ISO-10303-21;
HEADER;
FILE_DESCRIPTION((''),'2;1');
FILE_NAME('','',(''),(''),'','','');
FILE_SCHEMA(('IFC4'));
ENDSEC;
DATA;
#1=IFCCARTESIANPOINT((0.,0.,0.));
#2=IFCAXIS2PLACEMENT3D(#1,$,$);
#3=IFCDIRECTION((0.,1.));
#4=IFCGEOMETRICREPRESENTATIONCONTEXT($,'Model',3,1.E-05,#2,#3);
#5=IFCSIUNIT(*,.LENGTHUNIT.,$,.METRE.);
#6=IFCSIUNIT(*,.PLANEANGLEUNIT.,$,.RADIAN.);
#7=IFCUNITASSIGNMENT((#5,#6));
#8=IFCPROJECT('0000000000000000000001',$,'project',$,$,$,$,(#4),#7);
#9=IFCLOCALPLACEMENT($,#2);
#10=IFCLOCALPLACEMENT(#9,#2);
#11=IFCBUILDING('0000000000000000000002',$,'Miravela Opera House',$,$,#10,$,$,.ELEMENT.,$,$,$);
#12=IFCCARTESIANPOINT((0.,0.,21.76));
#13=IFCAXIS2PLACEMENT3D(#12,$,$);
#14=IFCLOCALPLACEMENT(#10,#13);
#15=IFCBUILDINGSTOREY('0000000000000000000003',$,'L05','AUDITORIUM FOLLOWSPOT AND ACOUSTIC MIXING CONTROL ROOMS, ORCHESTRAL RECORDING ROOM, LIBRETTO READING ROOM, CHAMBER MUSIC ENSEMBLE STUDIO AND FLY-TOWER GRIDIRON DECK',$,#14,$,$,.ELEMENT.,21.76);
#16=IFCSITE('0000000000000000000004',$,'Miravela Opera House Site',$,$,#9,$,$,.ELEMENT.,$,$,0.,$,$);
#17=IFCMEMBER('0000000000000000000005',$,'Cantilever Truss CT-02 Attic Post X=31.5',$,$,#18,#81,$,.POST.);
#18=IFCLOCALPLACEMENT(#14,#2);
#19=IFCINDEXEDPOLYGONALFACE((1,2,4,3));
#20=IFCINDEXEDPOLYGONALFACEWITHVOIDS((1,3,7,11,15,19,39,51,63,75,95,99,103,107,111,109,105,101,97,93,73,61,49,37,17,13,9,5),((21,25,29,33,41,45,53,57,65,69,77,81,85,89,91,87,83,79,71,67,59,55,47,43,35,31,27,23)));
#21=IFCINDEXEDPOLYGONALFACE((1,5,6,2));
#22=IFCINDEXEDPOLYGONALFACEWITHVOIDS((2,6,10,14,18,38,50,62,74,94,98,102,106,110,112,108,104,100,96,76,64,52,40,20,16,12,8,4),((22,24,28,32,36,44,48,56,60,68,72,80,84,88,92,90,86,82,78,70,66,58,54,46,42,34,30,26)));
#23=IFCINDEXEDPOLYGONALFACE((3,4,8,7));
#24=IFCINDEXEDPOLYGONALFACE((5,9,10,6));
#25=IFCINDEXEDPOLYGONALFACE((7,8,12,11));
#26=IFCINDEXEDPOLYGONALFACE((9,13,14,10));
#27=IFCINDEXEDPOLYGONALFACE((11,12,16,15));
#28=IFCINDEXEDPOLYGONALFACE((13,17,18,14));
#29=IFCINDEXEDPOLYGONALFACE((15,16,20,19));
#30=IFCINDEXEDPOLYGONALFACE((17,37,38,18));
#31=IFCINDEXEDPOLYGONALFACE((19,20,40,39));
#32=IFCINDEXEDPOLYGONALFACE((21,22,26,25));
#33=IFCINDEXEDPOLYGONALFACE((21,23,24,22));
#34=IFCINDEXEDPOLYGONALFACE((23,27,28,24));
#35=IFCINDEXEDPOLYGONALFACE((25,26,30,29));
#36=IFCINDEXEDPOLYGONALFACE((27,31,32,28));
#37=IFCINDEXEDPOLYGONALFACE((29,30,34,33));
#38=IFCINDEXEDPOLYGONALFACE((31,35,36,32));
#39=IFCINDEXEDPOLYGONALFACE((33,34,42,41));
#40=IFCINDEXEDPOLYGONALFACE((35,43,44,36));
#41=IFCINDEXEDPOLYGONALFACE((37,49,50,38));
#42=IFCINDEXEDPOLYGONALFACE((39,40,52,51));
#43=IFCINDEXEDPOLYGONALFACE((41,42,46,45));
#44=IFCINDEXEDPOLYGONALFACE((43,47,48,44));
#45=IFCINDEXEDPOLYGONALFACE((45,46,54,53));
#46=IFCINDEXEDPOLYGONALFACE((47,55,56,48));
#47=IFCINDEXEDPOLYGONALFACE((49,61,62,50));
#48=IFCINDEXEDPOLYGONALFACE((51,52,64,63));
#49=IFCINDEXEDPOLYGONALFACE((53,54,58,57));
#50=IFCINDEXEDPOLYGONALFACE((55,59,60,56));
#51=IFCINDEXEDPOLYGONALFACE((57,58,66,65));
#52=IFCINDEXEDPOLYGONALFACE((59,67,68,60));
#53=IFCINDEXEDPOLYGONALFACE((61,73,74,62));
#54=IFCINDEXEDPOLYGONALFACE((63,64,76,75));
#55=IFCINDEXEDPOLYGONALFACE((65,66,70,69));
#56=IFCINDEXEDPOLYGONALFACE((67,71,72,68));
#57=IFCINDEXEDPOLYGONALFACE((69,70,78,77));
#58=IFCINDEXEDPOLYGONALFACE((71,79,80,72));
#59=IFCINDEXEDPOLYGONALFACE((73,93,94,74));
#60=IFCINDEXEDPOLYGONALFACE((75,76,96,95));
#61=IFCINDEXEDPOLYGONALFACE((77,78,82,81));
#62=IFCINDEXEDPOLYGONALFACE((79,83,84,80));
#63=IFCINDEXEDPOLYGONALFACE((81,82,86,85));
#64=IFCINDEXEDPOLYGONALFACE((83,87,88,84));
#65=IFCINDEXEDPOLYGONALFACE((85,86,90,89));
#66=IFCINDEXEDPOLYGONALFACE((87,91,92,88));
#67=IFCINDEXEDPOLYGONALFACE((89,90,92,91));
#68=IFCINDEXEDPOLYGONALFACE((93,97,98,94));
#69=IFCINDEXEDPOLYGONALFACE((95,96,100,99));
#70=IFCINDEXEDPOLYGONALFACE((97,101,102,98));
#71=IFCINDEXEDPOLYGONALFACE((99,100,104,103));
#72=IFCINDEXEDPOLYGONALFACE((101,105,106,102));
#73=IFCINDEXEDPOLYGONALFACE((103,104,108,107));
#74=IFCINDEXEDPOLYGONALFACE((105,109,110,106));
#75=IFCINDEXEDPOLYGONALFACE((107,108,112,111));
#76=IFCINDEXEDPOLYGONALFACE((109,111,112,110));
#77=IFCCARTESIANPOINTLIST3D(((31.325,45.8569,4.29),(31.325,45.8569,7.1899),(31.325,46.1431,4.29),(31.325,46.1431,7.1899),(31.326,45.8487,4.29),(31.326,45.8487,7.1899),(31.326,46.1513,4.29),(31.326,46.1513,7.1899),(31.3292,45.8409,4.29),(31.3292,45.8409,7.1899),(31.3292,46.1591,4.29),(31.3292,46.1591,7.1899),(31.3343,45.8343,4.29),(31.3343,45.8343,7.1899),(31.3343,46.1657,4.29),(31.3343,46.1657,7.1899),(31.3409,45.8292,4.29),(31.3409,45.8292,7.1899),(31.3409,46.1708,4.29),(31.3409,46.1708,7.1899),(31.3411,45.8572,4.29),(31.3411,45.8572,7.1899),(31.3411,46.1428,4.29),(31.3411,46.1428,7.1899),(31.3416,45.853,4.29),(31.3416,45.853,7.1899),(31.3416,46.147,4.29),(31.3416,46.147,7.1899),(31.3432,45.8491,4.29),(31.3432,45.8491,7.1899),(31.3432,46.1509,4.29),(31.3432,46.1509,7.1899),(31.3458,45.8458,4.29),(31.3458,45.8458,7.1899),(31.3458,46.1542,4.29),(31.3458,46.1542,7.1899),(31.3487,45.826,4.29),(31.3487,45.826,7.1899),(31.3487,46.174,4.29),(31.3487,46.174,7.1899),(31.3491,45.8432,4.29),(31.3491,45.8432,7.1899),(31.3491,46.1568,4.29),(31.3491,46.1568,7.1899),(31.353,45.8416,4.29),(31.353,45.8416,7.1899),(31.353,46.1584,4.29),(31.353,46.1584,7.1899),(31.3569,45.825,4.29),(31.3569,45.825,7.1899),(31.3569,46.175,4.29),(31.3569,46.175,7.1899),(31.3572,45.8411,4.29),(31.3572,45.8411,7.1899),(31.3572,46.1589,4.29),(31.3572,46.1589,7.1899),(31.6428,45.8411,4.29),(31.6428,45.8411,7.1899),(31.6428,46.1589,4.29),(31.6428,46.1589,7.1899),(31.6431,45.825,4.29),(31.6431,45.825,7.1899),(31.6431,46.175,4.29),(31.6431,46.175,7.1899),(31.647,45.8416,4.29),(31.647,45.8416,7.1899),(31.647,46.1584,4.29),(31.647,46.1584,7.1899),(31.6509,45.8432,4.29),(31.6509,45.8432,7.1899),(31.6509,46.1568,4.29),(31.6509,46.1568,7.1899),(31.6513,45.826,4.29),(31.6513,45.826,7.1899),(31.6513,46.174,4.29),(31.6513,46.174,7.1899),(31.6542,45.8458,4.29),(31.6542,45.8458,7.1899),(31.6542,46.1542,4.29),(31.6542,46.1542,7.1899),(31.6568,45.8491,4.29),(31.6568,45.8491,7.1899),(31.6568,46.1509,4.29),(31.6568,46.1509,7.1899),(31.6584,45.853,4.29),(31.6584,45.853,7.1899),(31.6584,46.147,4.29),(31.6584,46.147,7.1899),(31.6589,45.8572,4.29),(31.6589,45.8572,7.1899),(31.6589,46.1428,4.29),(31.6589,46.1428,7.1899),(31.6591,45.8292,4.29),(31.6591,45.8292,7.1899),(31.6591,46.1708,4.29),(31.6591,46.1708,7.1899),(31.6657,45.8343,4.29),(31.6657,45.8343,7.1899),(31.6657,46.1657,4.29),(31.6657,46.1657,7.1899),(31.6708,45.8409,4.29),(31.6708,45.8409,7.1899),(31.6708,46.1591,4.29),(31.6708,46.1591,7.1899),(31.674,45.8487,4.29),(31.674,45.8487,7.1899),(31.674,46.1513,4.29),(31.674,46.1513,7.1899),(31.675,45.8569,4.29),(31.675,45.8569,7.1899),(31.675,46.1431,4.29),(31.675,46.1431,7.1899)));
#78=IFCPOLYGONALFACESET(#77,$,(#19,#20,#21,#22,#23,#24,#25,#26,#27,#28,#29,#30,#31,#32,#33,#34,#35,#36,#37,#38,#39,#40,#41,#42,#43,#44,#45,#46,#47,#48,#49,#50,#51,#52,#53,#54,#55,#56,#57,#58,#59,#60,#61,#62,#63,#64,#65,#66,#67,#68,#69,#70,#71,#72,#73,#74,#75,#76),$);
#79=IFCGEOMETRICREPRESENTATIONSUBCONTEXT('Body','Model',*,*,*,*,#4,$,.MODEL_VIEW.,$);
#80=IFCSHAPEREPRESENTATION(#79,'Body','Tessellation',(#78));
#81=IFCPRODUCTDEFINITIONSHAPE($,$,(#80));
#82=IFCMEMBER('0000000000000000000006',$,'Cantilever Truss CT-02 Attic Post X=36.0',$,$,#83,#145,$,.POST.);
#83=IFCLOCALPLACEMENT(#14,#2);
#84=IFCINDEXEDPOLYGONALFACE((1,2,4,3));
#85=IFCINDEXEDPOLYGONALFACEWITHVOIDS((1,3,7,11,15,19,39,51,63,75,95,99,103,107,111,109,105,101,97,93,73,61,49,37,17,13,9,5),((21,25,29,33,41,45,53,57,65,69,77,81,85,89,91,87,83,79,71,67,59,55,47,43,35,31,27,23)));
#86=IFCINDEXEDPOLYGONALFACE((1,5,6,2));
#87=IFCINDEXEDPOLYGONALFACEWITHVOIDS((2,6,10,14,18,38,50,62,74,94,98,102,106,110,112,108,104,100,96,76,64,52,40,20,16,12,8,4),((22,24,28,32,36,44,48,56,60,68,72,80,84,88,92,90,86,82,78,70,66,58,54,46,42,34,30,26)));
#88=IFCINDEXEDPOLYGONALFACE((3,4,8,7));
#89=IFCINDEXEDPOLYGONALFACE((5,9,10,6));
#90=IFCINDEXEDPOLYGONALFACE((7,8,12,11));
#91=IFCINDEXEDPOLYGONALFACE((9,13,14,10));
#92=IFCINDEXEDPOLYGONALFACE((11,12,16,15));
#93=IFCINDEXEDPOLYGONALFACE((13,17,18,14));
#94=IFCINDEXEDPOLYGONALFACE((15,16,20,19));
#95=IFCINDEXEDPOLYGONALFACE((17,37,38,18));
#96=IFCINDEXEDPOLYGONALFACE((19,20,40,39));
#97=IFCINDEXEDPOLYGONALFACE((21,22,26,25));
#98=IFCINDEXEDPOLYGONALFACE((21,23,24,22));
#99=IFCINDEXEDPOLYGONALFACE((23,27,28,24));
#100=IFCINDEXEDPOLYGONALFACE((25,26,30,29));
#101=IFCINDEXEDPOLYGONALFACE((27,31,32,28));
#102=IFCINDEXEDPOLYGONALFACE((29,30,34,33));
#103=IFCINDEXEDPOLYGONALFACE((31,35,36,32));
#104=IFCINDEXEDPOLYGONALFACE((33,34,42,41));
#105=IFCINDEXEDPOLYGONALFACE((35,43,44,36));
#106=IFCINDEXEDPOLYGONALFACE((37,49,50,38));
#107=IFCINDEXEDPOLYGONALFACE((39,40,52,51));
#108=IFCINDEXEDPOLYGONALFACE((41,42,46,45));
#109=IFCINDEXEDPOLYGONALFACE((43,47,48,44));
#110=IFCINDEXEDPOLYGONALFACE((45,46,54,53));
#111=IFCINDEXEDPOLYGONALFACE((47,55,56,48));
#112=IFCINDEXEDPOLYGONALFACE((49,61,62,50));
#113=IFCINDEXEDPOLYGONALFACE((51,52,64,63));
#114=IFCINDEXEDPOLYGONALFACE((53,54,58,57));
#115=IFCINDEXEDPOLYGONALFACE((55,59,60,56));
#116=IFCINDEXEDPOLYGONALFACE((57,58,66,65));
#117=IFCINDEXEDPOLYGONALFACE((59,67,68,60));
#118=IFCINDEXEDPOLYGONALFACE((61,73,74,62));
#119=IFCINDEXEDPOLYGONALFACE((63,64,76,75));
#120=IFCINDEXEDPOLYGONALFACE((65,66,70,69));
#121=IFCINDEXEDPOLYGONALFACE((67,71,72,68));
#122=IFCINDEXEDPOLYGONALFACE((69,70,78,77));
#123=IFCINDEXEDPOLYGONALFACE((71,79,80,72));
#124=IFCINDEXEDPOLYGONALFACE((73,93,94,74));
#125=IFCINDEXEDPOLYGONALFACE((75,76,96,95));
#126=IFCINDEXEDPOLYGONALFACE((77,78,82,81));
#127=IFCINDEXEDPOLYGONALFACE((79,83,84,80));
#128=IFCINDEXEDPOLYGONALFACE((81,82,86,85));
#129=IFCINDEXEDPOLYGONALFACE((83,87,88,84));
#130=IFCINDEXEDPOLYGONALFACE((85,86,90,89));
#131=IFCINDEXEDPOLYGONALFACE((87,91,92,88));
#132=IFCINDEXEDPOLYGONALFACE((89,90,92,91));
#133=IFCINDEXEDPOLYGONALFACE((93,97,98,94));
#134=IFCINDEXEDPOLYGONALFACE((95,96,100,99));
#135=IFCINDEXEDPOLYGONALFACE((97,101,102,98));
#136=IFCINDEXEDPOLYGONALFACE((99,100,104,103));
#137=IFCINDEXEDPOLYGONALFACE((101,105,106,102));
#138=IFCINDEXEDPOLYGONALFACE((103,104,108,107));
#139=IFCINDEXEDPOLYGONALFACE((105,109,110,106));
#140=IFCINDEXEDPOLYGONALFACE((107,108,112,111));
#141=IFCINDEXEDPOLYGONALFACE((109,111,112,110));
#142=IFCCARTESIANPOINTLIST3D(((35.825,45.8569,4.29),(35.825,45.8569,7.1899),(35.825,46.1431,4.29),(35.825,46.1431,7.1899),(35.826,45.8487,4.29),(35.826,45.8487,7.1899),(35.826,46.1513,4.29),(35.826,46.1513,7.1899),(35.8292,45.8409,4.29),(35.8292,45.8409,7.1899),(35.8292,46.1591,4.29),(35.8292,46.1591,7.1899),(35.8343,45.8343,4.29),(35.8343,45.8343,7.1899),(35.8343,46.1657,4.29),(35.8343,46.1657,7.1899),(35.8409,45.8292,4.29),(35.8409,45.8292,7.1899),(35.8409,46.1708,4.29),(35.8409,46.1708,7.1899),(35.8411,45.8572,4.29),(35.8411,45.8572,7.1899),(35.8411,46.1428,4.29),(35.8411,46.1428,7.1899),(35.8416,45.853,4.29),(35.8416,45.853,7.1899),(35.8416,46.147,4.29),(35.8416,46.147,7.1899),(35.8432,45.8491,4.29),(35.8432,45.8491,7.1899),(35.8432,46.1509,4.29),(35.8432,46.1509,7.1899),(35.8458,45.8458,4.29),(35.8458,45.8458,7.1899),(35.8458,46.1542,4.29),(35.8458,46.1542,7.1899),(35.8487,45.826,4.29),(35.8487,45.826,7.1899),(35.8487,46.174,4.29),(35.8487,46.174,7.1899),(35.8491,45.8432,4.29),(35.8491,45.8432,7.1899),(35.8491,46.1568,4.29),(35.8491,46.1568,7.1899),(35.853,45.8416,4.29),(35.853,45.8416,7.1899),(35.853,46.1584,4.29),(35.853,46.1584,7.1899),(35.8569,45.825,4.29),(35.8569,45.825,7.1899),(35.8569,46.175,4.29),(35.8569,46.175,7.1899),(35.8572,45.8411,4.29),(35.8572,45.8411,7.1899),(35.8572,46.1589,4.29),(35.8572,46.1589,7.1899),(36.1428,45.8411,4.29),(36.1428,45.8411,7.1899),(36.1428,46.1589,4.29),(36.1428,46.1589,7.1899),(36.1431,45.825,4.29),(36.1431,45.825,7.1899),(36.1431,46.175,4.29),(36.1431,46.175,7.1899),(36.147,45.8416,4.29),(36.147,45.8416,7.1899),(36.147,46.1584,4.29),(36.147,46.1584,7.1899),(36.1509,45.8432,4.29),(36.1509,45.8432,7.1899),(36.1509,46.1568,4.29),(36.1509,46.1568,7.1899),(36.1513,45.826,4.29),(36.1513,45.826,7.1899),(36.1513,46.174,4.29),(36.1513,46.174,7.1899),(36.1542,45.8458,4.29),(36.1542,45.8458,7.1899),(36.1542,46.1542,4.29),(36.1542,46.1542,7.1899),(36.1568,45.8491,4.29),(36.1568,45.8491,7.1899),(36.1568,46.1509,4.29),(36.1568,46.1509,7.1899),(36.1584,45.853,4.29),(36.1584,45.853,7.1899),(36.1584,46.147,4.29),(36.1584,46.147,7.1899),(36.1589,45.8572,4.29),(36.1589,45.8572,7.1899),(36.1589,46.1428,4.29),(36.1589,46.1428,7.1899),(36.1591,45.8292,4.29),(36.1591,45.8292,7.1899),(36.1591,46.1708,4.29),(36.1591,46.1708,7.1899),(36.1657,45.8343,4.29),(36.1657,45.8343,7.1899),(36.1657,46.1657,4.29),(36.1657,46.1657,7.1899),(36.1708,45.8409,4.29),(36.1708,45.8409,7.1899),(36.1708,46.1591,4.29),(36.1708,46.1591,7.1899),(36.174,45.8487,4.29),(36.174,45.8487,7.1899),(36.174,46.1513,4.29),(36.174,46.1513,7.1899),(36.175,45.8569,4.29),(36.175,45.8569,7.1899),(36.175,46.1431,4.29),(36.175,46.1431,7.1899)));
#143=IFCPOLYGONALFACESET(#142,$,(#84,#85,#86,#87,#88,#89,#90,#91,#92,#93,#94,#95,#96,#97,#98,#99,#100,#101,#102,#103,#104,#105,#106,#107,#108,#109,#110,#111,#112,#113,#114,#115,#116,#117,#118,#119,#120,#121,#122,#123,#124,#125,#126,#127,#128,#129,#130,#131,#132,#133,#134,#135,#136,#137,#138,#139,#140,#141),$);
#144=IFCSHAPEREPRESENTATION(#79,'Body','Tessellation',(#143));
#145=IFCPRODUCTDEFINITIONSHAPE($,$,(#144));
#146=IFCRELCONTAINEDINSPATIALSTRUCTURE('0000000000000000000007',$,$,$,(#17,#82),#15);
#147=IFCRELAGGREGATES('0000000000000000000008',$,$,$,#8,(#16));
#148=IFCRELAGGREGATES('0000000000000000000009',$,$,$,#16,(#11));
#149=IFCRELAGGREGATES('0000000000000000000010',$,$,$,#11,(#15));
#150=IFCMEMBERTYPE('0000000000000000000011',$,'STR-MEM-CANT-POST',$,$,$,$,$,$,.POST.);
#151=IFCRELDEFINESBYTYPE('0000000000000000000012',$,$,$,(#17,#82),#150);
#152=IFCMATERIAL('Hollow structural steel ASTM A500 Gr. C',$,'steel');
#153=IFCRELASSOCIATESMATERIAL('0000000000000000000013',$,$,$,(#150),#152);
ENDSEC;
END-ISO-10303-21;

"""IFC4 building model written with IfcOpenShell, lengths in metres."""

from ifc_helpers import new_model, si_unit, direction, frame, origin, origin_2d, place, context, subcontext, project, spatial, hollow_rectangle, extrude, material, material_profile, profile_set, type_object, element, save


model = new_model("IFC4")

# Units and contexts
model_context = context("Model", 3, precision=1e-05, world=origin(), true_north=direction((0.0, 1.0)))
body_context = subcontext(model_context, "Body", "Model", "MODEL_VIEW")
ifc_project = project(units=[si_unit("LENGTHUNIT", "METRE"), si_unit("PLANEANGLEUNIT", "RADIAN")], contexts=[model_context])

# Site, building, storey
site_placement = place(None, origin())
site = spatial("IfcSite", under=ifc_project, at=site_placement, Name="Miravela Opera House Site", CompositionType="ELEMENT", RefElevation=0.0)
building_placement = place(site_placement, origin())
building = spatial("IfcBuilding", under=site, at=building_placement, Name="Miravela Opera House", CompositionType="ELEMENT")
storey_placement = place(building_placement, frame((0.0, 0.0, 21.76)))
storey = spatial("IfcBuildingStorey", under=building, at=storey_placement, Name="L05", Description="AUDITORIUM FOLLOWSPOT AND ACOUSTIC MIXING CONTROL ROOMS, ORCHESTRAL RECORDING ROOM, LIBRETTO READING ROOM, CHAMBER MUSIC ENSEMBLE STUDIO AND FLY-TOWER GRIDIRON DECK", CompositionType="ELEMENT", Elevation=21.76)

# Members
ifc_material_1 = material(Name="Hollow structural steel ASTM A500 Gr. C", Category="steel")
ifc_material_profile_1 = material_profile(ifc_material_1, hollow_rectangle(XDim=0.3501, YDim=0.3501, WallThickness=0.0161, InnerFilletRadius=0.0161, OuterFilletRadius=0.032, at=origin_2d()), Name="HSS350X350X16")
ifc_profile_set_1 = profile_set([ifc_material_profile_1])
member_type_1 = type_object("IfcMemberType", Name="STR-MEM-CANT-POST", PredefinedType="POST", material=ifc_profile_set_1)
for number, where, z_axis, x_axis, name in (
    (1, (31.5, 46.0, 4.29), (0.0, 0.0, 1.0), (1.0, 0.0, 0.0), "Cantilever Truss CT-02 Attic Post X=31.5"),
    (2, (36.0, 46.0, 4.29), (0.0, 0.0, 1.0), (1.0, 0.0, 0.0), "Cantilever Truss CT-02 Attic Post X=36.0"),
):
    element("IfcMember", number, at=place(storey_placement, frame(where, z_axis=z_axis, x_axis=x_axis)), inside=storey, type_object=member_type_1, Name=name, PredefinedType="POST", context=body_context, shape_type="SweptSolid", body=[
        extrude(hollow_rectangle(XDim=0.3501, YDim=0.3501, WallThickness=0.0161, InnerFilletRadius=0.0161, OuterFilletRadius=0.032, at=origin_2d()), origin(), (0.0, 0.0, 1.0), 2.8999),
    ])

save(model, "model.ifc")
